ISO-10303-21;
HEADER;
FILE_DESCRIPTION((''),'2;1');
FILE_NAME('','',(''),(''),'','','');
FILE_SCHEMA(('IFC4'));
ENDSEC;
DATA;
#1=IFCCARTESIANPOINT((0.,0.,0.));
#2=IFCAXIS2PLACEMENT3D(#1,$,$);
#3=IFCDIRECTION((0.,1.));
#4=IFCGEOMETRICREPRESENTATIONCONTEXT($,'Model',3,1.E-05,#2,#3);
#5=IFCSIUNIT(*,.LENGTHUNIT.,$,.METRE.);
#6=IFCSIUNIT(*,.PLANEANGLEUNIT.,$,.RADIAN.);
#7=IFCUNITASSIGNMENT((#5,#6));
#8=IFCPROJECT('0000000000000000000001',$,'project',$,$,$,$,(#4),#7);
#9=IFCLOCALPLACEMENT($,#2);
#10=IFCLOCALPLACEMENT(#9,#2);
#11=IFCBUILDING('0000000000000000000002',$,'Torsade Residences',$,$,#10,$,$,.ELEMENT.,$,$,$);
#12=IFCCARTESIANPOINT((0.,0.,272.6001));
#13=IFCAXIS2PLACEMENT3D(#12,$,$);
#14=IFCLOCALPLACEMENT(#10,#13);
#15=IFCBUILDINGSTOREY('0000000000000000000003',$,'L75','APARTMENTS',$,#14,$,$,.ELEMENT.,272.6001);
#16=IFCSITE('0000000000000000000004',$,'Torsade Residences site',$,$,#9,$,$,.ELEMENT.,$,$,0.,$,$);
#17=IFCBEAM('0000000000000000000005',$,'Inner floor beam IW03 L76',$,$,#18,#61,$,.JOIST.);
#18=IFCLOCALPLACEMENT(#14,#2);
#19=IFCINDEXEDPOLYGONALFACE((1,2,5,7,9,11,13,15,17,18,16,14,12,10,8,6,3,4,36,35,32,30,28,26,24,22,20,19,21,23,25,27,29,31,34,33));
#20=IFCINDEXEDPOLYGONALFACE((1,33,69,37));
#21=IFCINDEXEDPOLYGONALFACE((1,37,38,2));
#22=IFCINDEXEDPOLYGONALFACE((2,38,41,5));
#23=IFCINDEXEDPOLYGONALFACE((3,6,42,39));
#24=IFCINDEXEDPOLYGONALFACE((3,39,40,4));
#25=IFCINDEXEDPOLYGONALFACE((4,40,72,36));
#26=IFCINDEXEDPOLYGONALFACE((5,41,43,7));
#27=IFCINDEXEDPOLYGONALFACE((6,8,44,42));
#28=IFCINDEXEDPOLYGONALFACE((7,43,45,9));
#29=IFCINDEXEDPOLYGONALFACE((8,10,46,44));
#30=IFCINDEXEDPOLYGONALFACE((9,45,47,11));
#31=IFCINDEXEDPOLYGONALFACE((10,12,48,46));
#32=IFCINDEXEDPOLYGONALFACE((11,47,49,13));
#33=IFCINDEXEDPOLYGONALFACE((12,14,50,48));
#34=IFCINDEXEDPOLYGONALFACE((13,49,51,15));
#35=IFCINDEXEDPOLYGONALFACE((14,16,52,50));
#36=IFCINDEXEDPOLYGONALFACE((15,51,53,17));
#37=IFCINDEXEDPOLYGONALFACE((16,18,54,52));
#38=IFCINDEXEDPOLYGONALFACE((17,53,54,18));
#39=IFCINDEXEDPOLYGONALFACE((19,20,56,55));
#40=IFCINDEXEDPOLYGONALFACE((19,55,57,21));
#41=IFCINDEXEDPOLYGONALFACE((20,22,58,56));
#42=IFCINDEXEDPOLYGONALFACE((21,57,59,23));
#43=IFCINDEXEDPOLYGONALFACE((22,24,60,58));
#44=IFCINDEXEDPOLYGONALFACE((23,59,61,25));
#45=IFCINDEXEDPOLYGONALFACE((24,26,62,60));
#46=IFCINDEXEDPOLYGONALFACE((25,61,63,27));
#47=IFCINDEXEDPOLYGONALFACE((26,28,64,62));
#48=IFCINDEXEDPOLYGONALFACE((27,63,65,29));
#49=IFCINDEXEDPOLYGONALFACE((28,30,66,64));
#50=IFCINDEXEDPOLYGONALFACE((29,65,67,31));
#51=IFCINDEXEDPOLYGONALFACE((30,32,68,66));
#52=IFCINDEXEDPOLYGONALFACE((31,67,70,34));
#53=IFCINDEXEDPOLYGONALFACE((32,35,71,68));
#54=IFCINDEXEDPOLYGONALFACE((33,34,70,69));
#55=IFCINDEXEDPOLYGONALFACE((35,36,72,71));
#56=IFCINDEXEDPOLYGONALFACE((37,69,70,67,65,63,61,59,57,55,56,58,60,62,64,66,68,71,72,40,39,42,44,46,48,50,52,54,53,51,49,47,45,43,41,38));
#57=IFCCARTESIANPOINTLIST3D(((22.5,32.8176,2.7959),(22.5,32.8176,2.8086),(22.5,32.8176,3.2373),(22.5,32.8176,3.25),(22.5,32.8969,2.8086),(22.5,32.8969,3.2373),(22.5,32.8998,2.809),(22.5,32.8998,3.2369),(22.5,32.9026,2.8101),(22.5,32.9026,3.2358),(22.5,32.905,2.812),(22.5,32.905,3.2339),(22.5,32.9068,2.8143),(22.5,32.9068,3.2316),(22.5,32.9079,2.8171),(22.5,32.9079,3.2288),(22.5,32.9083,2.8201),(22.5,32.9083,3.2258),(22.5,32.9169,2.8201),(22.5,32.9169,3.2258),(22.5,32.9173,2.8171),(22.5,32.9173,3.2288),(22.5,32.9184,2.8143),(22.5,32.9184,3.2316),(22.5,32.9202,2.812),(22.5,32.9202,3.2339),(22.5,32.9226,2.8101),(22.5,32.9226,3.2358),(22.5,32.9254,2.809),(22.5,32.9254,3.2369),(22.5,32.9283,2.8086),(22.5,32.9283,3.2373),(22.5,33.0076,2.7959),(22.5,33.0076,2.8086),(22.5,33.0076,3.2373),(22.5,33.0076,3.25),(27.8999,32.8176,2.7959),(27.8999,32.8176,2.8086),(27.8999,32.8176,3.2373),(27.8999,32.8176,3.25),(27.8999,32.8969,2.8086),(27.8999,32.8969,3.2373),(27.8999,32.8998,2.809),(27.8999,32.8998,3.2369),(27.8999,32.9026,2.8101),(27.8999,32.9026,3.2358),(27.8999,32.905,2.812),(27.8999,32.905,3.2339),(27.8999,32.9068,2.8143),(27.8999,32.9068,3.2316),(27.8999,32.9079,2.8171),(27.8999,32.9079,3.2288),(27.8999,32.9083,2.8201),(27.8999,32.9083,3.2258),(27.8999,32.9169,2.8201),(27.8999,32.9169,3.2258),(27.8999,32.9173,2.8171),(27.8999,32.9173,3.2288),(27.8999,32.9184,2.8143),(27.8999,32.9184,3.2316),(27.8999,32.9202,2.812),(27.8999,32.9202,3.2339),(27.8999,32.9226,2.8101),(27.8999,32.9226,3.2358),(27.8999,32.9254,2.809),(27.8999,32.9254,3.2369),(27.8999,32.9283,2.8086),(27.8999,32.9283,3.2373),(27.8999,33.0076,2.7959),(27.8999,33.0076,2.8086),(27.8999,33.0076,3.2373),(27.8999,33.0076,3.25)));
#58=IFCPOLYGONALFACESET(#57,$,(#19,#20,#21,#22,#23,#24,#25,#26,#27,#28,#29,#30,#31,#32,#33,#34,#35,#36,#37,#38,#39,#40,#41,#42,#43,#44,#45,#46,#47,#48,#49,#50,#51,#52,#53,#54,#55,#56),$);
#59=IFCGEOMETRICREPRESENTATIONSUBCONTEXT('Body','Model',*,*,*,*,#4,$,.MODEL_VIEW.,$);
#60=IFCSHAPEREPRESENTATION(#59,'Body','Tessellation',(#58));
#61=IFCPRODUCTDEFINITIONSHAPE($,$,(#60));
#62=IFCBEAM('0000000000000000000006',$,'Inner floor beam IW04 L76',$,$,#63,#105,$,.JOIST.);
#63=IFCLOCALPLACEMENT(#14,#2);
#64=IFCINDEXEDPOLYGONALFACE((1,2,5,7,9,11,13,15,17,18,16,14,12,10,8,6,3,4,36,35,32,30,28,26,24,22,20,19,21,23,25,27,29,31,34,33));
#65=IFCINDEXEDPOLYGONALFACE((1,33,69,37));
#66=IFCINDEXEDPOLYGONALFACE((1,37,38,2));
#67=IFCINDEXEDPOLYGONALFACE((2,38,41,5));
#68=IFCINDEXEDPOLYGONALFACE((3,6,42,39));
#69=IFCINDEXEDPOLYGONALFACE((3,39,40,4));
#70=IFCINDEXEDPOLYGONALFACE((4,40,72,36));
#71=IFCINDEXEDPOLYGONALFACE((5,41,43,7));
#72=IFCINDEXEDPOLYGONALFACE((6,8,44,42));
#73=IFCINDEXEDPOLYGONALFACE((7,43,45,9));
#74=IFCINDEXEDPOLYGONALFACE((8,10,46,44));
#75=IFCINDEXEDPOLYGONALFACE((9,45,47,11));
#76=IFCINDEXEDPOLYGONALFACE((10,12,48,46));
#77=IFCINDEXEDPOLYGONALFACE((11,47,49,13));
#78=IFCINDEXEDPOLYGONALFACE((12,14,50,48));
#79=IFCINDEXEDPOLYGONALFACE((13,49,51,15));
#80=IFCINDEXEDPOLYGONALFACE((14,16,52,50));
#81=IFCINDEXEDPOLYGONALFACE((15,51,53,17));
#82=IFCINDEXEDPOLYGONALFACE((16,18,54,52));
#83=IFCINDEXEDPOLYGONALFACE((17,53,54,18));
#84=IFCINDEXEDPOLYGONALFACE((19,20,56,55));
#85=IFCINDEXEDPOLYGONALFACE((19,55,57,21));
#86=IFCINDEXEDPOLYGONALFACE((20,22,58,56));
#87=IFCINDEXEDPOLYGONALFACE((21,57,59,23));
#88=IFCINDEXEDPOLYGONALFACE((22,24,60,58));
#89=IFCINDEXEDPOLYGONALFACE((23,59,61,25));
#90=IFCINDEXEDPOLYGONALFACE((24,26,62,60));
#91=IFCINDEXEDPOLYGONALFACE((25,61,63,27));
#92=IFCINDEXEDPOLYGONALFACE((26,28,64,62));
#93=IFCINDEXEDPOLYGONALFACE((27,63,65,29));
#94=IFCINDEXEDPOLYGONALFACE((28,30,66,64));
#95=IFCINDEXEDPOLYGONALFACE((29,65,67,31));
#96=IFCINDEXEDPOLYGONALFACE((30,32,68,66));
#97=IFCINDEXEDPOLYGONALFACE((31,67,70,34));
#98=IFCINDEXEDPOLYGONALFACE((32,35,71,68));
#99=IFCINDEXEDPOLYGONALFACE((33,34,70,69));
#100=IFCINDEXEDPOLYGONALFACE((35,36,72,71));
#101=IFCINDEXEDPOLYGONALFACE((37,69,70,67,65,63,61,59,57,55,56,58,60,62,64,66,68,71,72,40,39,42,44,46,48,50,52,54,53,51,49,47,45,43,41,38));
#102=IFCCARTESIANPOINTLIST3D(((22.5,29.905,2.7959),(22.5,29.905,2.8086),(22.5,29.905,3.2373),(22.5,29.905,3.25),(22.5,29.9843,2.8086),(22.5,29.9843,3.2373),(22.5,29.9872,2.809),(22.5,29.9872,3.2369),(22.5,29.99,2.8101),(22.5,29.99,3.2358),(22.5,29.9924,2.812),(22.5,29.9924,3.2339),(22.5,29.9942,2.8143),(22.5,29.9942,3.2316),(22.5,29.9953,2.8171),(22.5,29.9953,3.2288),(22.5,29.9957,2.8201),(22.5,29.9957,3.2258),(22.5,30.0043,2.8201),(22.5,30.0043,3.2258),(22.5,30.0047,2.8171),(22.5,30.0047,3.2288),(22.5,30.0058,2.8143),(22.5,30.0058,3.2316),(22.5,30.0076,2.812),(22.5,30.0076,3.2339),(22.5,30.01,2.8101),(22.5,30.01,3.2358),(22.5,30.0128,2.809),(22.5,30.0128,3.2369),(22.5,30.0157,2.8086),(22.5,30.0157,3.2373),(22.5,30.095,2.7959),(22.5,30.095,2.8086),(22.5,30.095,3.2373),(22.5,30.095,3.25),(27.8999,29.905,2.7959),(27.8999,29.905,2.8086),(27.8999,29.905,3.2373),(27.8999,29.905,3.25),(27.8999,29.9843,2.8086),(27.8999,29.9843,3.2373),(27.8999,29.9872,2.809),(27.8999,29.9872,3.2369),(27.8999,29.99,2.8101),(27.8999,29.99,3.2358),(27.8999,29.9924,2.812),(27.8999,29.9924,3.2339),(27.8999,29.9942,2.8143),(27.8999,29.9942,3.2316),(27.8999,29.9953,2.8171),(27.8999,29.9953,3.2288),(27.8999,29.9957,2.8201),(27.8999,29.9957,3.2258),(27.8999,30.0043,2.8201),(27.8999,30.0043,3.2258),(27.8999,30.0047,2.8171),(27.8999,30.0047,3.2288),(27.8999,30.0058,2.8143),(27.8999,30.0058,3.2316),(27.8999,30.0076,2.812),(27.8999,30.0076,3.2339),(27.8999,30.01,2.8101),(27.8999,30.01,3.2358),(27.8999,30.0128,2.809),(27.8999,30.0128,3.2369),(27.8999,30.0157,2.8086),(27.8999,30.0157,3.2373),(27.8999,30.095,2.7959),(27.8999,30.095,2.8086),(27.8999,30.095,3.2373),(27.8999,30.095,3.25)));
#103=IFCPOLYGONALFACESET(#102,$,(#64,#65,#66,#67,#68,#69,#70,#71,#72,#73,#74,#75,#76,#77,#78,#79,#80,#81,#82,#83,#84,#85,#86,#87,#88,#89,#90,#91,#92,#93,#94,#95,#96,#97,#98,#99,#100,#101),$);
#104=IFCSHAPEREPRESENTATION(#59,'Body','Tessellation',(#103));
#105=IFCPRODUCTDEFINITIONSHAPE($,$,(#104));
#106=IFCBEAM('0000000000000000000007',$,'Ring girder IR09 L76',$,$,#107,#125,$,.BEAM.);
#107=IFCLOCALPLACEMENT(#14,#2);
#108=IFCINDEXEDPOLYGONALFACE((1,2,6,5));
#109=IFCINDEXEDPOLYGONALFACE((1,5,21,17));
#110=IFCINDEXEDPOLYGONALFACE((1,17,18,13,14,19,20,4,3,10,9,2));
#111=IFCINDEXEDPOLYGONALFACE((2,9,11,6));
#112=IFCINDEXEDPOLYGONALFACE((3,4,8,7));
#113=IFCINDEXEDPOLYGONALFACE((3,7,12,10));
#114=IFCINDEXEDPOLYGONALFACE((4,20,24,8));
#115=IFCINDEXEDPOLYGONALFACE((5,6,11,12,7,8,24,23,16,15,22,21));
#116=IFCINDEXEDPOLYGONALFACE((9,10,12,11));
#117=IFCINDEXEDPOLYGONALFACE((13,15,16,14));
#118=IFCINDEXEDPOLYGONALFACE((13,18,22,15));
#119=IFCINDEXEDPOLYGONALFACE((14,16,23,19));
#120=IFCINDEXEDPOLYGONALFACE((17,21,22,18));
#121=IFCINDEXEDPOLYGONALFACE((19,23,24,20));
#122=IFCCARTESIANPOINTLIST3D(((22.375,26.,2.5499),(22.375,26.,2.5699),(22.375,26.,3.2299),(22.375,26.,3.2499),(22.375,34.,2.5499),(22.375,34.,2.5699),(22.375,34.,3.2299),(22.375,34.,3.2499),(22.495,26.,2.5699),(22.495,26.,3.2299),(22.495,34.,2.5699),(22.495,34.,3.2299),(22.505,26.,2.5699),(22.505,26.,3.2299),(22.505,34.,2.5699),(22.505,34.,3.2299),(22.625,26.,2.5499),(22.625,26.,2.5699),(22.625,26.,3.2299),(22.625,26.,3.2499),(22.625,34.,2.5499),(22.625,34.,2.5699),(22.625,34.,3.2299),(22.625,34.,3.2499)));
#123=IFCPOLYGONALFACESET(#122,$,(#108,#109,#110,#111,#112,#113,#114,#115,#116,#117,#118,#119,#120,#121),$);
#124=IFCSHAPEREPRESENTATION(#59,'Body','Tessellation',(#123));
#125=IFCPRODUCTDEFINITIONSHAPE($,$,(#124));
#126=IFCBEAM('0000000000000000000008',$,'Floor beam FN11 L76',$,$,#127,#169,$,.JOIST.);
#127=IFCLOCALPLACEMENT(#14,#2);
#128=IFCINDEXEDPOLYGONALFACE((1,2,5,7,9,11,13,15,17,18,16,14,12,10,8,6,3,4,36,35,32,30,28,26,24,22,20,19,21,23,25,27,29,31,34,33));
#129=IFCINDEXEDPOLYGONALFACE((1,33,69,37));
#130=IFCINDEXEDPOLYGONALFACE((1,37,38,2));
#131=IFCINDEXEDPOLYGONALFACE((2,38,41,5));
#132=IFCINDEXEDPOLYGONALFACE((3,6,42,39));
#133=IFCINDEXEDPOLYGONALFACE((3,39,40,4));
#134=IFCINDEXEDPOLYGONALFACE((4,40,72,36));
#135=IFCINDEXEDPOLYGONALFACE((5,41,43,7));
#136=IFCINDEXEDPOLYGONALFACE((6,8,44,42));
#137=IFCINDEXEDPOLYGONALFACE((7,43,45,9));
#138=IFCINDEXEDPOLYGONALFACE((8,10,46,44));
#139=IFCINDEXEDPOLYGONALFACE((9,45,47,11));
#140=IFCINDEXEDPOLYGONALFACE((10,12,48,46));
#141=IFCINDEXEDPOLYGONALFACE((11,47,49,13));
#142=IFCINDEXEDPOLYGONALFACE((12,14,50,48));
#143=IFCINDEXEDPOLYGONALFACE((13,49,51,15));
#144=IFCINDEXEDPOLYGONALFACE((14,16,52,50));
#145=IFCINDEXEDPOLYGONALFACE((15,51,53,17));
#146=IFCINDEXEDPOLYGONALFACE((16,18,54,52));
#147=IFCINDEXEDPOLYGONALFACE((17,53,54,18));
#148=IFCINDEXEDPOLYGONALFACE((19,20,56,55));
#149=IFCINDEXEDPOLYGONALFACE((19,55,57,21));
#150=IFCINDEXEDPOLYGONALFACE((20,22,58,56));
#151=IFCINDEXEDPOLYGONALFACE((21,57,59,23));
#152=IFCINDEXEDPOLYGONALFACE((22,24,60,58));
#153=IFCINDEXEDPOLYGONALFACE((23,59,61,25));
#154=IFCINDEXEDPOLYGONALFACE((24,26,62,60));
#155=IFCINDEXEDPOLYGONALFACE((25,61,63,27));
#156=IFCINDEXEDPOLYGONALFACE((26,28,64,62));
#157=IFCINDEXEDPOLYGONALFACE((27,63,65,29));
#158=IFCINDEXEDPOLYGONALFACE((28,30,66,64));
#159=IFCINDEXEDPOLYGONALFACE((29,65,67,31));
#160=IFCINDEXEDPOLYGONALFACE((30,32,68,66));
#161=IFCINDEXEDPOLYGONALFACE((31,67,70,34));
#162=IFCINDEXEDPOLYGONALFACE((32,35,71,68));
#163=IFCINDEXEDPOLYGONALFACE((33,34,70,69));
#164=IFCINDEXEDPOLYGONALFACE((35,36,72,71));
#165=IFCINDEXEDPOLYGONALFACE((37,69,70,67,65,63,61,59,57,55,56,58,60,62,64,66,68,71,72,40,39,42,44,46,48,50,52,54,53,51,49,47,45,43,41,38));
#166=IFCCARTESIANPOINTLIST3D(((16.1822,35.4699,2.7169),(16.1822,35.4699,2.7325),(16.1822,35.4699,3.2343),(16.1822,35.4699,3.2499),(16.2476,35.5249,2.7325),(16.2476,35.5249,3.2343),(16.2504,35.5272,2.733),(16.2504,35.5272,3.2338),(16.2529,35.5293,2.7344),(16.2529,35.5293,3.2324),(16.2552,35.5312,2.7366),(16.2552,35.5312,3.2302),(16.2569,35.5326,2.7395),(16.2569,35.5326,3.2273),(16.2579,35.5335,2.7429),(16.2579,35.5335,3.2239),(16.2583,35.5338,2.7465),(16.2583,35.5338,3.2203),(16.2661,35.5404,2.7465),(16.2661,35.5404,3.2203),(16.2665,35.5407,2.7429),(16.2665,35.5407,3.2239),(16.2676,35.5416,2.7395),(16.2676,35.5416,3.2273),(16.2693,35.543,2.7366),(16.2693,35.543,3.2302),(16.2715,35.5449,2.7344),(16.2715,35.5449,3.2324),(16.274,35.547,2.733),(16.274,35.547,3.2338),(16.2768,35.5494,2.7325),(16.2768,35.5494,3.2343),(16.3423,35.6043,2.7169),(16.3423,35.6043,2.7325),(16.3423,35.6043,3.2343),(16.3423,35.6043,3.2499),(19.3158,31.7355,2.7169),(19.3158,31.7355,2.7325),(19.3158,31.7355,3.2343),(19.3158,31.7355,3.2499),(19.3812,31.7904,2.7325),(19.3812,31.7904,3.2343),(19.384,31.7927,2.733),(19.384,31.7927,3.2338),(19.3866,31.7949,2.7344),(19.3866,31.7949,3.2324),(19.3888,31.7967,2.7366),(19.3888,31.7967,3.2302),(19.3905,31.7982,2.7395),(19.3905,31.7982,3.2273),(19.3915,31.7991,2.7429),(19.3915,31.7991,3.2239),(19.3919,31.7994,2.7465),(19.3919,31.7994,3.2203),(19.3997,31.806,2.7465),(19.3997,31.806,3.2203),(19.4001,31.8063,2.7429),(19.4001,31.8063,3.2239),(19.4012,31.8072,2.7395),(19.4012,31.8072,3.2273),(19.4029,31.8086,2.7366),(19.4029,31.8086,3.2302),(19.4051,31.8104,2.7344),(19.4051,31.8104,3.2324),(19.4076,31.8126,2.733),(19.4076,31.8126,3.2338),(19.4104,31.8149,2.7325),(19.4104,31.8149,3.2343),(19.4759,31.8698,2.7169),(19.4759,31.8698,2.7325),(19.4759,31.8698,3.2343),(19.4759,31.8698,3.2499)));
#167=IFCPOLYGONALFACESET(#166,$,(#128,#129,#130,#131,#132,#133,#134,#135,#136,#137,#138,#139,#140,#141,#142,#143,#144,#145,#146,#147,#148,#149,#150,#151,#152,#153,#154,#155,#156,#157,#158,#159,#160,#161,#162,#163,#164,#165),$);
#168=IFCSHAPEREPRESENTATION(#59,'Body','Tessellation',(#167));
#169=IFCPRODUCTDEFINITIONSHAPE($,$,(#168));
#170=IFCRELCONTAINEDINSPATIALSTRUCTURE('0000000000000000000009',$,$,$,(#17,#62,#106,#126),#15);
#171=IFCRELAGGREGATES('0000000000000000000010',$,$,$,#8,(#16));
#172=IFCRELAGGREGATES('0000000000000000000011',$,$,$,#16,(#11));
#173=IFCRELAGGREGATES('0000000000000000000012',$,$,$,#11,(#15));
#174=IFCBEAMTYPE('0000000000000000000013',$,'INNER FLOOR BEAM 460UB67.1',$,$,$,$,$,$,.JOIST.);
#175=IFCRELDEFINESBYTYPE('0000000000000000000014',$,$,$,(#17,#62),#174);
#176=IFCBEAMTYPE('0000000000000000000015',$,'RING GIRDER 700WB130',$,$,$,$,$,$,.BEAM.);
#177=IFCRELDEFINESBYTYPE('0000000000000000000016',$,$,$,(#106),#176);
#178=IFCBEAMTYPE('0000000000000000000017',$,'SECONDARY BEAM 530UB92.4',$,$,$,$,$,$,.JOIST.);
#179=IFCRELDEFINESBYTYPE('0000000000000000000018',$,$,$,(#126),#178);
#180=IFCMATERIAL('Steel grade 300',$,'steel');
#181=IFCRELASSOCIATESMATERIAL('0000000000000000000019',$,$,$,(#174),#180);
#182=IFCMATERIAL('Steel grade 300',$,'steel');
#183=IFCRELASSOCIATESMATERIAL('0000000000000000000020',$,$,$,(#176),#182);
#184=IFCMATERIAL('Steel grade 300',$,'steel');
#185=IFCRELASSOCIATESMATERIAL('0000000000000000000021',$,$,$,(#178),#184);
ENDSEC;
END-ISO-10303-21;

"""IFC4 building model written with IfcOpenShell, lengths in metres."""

from ifc_helpers import new_model, si_unit, direction, frame, origin, origin_2d, place, context, subcontext, project, spatial, i_section, extrude, material, material_profile, profile_set, type_object, element, save


model = new_model("IFC4")

# Units and contexts
model_context = context("Model", 3, precision=1e-05, world=origin(), true_north=direction((0.0, 1.0)))
body_context = subcontext(model_context, "Body", "Model", "MODEL_VIEW")
ifc_project = project(units=[si_unit("LENGTHUNIT", "METRE"), si_unit("PLANEANGLEUNIT", "RADIAN")], contexts=[model_context])

# Site, building, storey
site_placement = place(None, origin())
site = spatial("IfcSite", under=ifc_project, at=site_placement, Name="Torsade Residences site", CompositionType="ELEMENT", RefElevation=0.0)
building_placement = place(site_placement, origin())
building = spatial("IfcBuilding", under=site, at=building_placement, Name="Torsade Residences", CompositionType="ELEMENT")
storey_placement = place(building_placement, frame((0.0, 0.0, 272.6001)))
storey = spatial("IfcBuildingStorey", under=building, at=storey_placement, Name="L75", Description="APARTMENTS", CompositionType="ELEMENT", Elevation=272.6001)

# Beams
ifc_material_1 = material(Name="Steel grade 300", Category="steel")
ifc_material_profile_1 = material_profile(ifc_material_1, i_section(OverallWidth=0.1899, OverallDepth=0.4541, WebThickness=0.0085, FlangeThickness=0.0127, FilletRadius=0.0115, at=origin_2d()), Name="460UB67.1")
ifc_profile_set_1 = profile_set([ifc_material_profile_1], Name="Steel grade 300")
beam_type_1 = type_object("IfcBeamType", Name="INNER FLOOR BEAM 460UB67.1", PredefinedType="JOIST", material=ifc_profile_set_1)
for number, where, z_axis, x_axis, name in (
    (1, (27.8999, 32.9126, 3.0229), (-1.0, 0.0, 0.0), (0.0, -1.0, 0.0), "Inner floor beam IW03 L76"),
    (2, (27.8999, 30.0, 3.0229), (-1.0, 0.0, 0.0), (0.0, -1.0, 0.0), "Inner floor beam IW04 L76"),
):
    element("IfcBeam", number, at=place(storey_placement, frame(where, z_axis=z_axis, x_axis=x_axis)), inside=storey, type_object=beam_type_1, Name=name, PredefinedType="JOIST", context=body_context, shape_type="SweptSolid", body=[
        extrude(i_section(OverallWidth=0.1899, OverallDepth=0.4541, WebThickness=0.0085, FlangeThickness=0.0127, FilletRadius=0.0115, at=origin_2d()), origin(), (0.0, 0.0, 1.0), 5.3999),
    ])
ifc_material_2 = material(Name="Steel grade 300", Category="steel")
ifc_material_profile_2 = material_profile(ifc_material_2, i_section(OverallWidth=0.25, OverallDepth=0.7, WebThickness=0.01, FlangeThickness=0.02, at=origin_2d()), Name="700WB130")
ifc_profile_set_2 = profile_set([ifc_material_profile_2], Name="Steel grade 300")
beam_type_2 = type_object("IfcBeamType", Name="RING GIRDER 700WB130", PredefinedType="BEAM", material=ifc_profile_set_2)
beam_1_placement = place(storey_placement, frame((22.5, 34.0, 2.8999), z_axis=(0.0, -1.0, 0.0), x_axis=(1.0, 0.0, 0.0)))
element("IfcBeam", 3, at=beam_1_placement, inside=storey, type_object=beam_type_2, Name="Ring girder IR09 L76", PredefinedType="BEAM", context=body_context, shape_type="SweptSolid", body=[
    extrude(i_section(OverallWidth=0.25, OverallDepth=0.7, WebThickness=0.01, FlangeThickness=0.02, at=origin_2d()), origin(), (0.0, 0.0, 1.0), 8.0),
])
ifc_material_3 = material(Name="Steel grade 300", Category="steel")
ifc_material_profile_3 = material_profile(ifc_material_3, i_section(OverallWidth=0.209, OverallDepth=0.533, WebThickness=0.0103, FlangeThickness=0.0156, FilletRadius=0.0139, at=origin_2d()), Name="530UB92.4")
ifc_profile_set_3 = profile_set([ifc_material_profile_3], Name="Steel grade 300")
beam_type_3 = type_object("IfcBeamType", Name="SECONDARY BEAM 530UB92.4", PredefinedType="JOIST", material=ifc_profile_set_3)
beam_2_placement = place(storey_placement, frame((16.2622, 35.5371, 2.9834), z_axis=(0.642791, -0.766041, 0.0), x_axis=(0.766041, 0.642791, 0.0)))
element("IfcBeam", 4, at=beam_2_placement, inside=storey, type_object=beam_type_3, Name="Floor beam FN11 L76", PredefinedType="JOIST", context=body_context, shape_type="SweptSolid", body=[
    extrude(i_section(OverallWidth=0.209, OverallDepth=0.533, WebThickness=0.0103, FlangeThickness=0.0156, FilletRadius=0.0139, at=origin_2d()), origin(), (0.0, 0.0, 1.0), 4.875),
])

save(model, "model.ifc")
